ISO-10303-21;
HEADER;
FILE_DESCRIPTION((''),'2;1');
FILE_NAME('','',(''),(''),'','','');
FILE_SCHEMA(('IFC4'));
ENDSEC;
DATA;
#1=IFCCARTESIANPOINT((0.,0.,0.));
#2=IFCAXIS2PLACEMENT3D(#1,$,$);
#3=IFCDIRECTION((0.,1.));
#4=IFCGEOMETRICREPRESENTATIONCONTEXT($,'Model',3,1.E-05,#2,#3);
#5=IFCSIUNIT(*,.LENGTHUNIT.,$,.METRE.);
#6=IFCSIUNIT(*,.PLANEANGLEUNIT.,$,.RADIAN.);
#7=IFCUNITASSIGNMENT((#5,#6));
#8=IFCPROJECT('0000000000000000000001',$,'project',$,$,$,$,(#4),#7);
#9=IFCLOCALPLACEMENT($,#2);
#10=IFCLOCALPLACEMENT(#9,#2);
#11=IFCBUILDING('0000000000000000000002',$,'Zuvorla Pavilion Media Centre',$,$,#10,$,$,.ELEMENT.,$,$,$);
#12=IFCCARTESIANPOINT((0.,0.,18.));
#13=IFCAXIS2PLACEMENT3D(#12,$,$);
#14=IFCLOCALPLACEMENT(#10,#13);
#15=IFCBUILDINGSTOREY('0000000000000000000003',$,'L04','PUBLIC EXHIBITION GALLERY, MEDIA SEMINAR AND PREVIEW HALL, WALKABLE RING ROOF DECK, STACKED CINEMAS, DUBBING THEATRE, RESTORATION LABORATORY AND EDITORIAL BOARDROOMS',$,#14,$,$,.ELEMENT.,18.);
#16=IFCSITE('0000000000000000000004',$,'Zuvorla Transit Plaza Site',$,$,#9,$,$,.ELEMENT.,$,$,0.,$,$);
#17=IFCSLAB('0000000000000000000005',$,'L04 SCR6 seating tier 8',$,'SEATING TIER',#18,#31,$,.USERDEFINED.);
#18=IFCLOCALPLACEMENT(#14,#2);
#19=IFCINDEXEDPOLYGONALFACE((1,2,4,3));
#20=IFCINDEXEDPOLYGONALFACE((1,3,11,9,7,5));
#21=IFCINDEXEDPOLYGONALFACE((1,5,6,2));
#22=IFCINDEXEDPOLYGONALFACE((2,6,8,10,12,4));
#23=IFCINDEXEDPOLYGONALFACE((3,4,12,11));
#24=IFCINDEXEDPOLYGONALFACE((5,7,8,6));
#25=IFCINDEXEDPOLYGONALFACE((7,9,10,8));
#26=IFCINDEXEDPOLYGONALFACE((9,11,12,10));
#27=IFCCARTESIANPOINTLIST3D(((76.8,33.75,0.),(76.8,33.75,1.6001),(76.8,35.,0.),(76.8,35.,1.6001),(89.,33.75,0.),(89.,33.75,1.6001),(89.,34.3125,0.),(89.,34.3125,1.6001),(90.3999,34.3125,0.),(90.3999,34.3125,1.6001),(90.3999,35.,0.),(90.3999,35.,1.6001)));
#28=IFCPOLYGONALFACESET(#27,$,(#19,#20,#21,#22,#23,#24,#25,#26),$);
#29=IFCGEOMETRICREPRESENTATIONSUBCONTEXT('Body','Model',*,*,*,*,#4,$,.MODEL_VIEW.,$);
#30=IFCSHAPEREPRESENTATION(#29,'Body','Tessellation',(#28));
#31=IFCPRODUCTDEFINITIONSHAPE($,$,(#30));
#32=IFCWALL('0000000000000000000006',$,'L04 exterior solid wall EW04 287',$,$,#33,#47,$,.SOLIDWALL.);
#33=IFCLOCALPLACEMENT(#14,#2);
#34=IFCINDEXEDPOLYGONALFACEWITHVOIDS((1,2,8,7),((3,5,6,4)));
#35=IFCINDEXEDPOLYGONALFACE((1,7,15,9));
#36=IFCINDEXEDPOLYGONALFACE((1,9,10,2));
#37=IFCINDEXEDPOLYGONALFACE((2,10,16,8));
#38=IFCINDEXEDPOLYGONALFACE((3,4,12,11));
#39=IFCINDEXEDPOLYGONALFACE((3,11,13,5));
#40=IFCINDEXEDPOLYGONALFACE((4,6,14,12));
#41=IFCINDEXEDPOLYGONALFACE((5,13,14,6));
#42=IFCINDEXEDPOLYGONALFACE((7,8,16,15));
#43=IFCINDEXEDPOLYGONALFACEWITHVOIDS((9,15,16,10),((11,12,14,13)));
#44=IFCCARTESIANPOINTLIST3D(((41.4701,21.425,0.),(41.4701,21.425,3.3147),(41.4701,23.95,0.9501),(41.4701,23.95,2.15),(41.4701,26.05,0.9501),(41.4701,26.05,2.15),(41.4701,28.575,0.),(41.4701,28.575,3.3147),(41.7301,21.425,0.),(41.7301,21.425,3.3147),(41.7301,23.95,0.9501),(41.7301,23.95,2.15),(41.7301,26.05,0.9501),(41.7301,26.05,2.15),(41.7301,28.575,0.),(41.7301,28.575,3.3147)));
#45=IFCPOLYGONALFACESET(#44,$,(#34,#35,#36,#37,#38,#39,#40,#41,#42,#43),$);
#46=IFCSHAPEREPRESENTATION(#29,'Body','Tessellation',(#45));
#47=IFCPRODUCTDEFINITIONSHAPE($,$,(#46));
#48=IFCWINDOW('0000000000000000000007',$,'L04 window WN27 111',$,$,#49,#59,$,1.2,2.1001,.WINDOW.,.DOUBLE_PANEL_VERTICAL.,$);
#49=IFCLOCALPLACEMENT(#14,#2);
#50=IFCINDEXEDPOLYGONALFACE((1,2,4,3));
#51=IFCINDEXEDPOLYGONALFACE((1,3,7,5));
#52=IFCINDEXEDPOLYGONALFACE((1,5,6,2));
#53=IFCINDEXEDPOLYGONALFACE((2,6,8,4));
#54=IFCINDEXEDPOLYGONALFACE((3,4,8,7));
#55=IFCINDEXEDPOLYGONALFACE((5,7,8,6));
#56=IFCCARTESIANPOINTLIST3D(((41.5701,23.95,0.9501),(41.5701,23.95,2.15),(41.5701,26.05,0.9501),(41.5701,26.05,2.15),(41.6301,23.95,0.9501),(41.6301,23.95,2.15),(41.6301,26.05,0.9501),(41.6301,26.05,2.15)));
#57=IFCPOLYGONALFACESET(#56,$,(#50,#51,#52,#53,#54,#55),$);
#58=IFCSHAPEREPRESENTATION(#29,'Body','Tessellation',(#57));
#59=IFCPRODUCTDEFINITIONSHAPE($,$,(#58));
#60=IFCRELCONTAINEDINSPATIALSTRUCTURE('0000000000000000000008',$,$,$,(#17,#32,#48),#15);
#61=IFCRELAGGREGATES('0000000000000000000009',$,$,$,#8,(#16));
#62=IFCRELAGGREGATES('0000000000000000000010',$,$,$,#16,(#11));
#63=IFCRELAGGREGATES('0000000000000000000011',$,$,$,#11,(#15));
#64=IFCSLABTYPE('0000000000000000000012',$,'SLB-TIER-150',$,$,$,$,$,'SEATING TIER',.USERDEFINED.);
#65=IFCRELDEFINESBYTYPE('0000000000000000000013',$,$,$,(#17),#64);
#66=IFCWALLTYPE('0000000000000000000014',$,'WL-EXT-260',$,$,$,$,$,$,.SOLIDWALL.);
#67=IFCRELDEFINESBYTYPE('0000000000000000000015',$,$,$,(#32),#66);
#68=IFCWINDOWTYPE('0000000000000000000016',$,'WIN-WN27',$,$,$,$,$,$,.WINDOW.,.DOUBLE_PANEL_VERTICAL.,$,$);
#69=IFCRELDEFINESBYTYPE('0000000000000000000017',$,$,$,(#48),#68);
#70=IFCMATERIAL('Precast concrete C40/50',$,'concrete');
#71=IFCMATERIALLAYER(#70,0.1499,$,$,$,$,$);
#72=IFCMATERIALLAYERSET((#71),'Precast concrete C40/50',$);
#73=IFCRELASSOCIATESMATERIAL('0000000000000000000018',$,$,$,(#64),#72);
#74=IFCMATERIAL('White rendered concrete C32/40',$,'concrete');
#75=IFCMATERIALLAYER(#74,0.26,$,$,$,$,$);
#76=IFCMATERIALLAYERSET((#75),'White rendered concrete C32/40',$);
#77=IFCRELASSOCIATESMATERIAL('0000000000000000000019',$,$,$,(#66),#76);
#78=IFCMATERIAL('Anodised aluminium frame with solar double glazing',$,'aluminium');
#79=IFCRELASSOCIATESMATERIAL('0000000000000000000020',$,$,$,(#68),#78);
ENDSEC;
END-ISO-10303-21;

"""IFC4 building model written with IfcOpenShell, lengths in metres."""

from ifc_helpers import new_model, si_unit, direction, frame, frame_2d, origin, place, context, subcontext, project, spatial, polyline, rectangle, outline, extrude, material, layer, layer_set, type_object, element, fill, save


model = new_model("IFC4")

# Units and contexts
model_context = context("Model", 3, precision=1e-05, world=origin(), true_north=direction((0.0, 1.0)))
body_context = subcontext(model_context, "Body", "Model", "MODEL_VIEW")
ifc_project = project(units=[si_unit("LENGTHUNIT", "METRE"), si_unit("PLANEANGLEUNIT", "RADIAN")], contexts=[model_context])

# Site, building, storey
site_placement = place(None, origin())
site = spatial("IfcSite", under=ifc_project, at=site_placement, Name="Zuvorla Transit Plaza Site", CompositionType="ELEMENT", RefElevation=0.0)
building_placement = place(site_placement, origin())
building = spatial("IfcBuilding", under=site, at=building_placement, Name="Zuvorla Pavilion Media Centre", CompositionType="ELEMENT")
storey_placement = place(building_placement, frame((0.0, 0.0, 18.0)))
storey = spatial("IfcBuildingStorey", under=building, at=storey_placement, Name="L04", Description="PUBLIC EXHIBITION GALLERY, MEDIA SEMINAR AND PREVIEW HALL, WALKABLE RING ROOF DECK, STACKED CINEMAS, DUBBING THEATRE, RESTORATION LABORATORY AND EDITORIAL BOARDROOMS", CompositionType="ELEMENT", Elevation=18.0)

# Shared definitions
ifc_material_1 = material(Name="Precast concrete C40/50", Category="concrete")

# Slab
ifc_layer_1 = layer(ifc_material_1, 0.1499)
ifc_layer_set_1 = layer_set([ifc_layer_1], Name="Precast concrete C40/50")
slab_type_1 = type_object("IfcSlabType", Name="SLB-TIER-150", ElementType="SEATING TIER", PredefinedType="USERDEFINED", material=ifc_layer_set_1)
slab_1_placement = place(storey_placement, origin())
element("IfcSlab", 1, at=slab_1_placement, inside=storey, type_object=slab_type_1, Name="L04 SCR6 seating tier 8", ObjectType="SEATING TIER", PredefinedType="USERDEFINED", context=body_context, shape_type="SweptSolid", body=[
    extrude(outline(polyline([(76.8, 33.75), (89.0, 33.75), (89.0, 34.3125), (90.3999, 34.3125), (90.3999, 35.0), (76.8, 35.0), (76.8, 33.75)])), origin(), (0.0, 0.0, 1.0), 1.6001),
])

# Wall, opening, window
ifc_material_2 = material(Name="White rendered concrete C32/40", Category="concrete")
ifc_layer_2 = layer(ifc_material_2, 0.26)
ifc_layer_set_2 = layer_set([ifc_layer_2], Name="White rendered concrete C32/40")
wall_type = type_object("IfcWallType", Name="WL-EXT-260", PredefinedType="SOLIDWALL", material=ifc_layer_set_2)
wall_placement = place(storey_placement, frame((41.6001, 28.575, 0.0), z_axis=(0.0, 0.0, 1.0), x_axis=(0.0, -1.0, 0.0)))
wall = element("IfcWall", 2, at=wall_placement, inside=storey, type_object=wall_type, Name="L04 exterior solid wall EW04 287", PredefinedType="SOLIDWALL", context=body_context, shape_type="SweptSolid", body=[
    extrude(rectangle(XDim=7.1499, YDim=0.26, at=frame_2d((3.575, 0.0))), origin(), (0.0, 0.0, 1.0), 3.3147),
])
opening_placement = place(wall_placement, frame((2.5249, 0.0, 0.95)))
opening = element("IfcOpeningElement", 3, at=opening_placement, cuts=wall, PredefinedType="OPENING", context=body_context, shape_type="SweptSolid", body=[
    extrude(rectangle(XDim=2.1001, YDim=1.2, at=frame_2d((1.05, 0.6001))), frame((0.0, 0.1399, 0.0), z_axis=(0.0, -1.0, 0.0), x_axis=(1.0, 0.0, 0.0)), (0.0, 0.0, 1.0), 0.28),
])
ifc_material_3 = material(Name="Anodised aluminium frame with solar double glazing", Category="aluminium")
window_type = type_object("IfcWindowType", Name="WIN-WN27", PartitioningType="DOUBLE_PANEL_VERTICAL", PredefinedType="WINDOW", material=ifc_material_3)
window_placement = place(opening_placement, origin())
window = element("IfcWindow", 4, at=window_placement, inside=storey, type_object=window_type, Name="L04 window WN27 111", OverallHeight=1.2, OverallWidth=2.1001, PartitioningType="DOUBLE_PANEL_VERTICAL", PredefinedType="WINDOW", context=body_context, shape_type="SweptSolid", body=[
    extrude(rectangle(XDim=2.1001, YDim=1.2, at=frame_2d((1.05, 0.6001))), frame((0.0, 0.03, 0.0), z_axis=(0.0, -1.0, 0.0), x_axis=(1.0, 0.0, 0.0)), (0.0, 0.0, 1.0), 0.0601),
])
fill(opening, window)

save(model, "model.ifc")
